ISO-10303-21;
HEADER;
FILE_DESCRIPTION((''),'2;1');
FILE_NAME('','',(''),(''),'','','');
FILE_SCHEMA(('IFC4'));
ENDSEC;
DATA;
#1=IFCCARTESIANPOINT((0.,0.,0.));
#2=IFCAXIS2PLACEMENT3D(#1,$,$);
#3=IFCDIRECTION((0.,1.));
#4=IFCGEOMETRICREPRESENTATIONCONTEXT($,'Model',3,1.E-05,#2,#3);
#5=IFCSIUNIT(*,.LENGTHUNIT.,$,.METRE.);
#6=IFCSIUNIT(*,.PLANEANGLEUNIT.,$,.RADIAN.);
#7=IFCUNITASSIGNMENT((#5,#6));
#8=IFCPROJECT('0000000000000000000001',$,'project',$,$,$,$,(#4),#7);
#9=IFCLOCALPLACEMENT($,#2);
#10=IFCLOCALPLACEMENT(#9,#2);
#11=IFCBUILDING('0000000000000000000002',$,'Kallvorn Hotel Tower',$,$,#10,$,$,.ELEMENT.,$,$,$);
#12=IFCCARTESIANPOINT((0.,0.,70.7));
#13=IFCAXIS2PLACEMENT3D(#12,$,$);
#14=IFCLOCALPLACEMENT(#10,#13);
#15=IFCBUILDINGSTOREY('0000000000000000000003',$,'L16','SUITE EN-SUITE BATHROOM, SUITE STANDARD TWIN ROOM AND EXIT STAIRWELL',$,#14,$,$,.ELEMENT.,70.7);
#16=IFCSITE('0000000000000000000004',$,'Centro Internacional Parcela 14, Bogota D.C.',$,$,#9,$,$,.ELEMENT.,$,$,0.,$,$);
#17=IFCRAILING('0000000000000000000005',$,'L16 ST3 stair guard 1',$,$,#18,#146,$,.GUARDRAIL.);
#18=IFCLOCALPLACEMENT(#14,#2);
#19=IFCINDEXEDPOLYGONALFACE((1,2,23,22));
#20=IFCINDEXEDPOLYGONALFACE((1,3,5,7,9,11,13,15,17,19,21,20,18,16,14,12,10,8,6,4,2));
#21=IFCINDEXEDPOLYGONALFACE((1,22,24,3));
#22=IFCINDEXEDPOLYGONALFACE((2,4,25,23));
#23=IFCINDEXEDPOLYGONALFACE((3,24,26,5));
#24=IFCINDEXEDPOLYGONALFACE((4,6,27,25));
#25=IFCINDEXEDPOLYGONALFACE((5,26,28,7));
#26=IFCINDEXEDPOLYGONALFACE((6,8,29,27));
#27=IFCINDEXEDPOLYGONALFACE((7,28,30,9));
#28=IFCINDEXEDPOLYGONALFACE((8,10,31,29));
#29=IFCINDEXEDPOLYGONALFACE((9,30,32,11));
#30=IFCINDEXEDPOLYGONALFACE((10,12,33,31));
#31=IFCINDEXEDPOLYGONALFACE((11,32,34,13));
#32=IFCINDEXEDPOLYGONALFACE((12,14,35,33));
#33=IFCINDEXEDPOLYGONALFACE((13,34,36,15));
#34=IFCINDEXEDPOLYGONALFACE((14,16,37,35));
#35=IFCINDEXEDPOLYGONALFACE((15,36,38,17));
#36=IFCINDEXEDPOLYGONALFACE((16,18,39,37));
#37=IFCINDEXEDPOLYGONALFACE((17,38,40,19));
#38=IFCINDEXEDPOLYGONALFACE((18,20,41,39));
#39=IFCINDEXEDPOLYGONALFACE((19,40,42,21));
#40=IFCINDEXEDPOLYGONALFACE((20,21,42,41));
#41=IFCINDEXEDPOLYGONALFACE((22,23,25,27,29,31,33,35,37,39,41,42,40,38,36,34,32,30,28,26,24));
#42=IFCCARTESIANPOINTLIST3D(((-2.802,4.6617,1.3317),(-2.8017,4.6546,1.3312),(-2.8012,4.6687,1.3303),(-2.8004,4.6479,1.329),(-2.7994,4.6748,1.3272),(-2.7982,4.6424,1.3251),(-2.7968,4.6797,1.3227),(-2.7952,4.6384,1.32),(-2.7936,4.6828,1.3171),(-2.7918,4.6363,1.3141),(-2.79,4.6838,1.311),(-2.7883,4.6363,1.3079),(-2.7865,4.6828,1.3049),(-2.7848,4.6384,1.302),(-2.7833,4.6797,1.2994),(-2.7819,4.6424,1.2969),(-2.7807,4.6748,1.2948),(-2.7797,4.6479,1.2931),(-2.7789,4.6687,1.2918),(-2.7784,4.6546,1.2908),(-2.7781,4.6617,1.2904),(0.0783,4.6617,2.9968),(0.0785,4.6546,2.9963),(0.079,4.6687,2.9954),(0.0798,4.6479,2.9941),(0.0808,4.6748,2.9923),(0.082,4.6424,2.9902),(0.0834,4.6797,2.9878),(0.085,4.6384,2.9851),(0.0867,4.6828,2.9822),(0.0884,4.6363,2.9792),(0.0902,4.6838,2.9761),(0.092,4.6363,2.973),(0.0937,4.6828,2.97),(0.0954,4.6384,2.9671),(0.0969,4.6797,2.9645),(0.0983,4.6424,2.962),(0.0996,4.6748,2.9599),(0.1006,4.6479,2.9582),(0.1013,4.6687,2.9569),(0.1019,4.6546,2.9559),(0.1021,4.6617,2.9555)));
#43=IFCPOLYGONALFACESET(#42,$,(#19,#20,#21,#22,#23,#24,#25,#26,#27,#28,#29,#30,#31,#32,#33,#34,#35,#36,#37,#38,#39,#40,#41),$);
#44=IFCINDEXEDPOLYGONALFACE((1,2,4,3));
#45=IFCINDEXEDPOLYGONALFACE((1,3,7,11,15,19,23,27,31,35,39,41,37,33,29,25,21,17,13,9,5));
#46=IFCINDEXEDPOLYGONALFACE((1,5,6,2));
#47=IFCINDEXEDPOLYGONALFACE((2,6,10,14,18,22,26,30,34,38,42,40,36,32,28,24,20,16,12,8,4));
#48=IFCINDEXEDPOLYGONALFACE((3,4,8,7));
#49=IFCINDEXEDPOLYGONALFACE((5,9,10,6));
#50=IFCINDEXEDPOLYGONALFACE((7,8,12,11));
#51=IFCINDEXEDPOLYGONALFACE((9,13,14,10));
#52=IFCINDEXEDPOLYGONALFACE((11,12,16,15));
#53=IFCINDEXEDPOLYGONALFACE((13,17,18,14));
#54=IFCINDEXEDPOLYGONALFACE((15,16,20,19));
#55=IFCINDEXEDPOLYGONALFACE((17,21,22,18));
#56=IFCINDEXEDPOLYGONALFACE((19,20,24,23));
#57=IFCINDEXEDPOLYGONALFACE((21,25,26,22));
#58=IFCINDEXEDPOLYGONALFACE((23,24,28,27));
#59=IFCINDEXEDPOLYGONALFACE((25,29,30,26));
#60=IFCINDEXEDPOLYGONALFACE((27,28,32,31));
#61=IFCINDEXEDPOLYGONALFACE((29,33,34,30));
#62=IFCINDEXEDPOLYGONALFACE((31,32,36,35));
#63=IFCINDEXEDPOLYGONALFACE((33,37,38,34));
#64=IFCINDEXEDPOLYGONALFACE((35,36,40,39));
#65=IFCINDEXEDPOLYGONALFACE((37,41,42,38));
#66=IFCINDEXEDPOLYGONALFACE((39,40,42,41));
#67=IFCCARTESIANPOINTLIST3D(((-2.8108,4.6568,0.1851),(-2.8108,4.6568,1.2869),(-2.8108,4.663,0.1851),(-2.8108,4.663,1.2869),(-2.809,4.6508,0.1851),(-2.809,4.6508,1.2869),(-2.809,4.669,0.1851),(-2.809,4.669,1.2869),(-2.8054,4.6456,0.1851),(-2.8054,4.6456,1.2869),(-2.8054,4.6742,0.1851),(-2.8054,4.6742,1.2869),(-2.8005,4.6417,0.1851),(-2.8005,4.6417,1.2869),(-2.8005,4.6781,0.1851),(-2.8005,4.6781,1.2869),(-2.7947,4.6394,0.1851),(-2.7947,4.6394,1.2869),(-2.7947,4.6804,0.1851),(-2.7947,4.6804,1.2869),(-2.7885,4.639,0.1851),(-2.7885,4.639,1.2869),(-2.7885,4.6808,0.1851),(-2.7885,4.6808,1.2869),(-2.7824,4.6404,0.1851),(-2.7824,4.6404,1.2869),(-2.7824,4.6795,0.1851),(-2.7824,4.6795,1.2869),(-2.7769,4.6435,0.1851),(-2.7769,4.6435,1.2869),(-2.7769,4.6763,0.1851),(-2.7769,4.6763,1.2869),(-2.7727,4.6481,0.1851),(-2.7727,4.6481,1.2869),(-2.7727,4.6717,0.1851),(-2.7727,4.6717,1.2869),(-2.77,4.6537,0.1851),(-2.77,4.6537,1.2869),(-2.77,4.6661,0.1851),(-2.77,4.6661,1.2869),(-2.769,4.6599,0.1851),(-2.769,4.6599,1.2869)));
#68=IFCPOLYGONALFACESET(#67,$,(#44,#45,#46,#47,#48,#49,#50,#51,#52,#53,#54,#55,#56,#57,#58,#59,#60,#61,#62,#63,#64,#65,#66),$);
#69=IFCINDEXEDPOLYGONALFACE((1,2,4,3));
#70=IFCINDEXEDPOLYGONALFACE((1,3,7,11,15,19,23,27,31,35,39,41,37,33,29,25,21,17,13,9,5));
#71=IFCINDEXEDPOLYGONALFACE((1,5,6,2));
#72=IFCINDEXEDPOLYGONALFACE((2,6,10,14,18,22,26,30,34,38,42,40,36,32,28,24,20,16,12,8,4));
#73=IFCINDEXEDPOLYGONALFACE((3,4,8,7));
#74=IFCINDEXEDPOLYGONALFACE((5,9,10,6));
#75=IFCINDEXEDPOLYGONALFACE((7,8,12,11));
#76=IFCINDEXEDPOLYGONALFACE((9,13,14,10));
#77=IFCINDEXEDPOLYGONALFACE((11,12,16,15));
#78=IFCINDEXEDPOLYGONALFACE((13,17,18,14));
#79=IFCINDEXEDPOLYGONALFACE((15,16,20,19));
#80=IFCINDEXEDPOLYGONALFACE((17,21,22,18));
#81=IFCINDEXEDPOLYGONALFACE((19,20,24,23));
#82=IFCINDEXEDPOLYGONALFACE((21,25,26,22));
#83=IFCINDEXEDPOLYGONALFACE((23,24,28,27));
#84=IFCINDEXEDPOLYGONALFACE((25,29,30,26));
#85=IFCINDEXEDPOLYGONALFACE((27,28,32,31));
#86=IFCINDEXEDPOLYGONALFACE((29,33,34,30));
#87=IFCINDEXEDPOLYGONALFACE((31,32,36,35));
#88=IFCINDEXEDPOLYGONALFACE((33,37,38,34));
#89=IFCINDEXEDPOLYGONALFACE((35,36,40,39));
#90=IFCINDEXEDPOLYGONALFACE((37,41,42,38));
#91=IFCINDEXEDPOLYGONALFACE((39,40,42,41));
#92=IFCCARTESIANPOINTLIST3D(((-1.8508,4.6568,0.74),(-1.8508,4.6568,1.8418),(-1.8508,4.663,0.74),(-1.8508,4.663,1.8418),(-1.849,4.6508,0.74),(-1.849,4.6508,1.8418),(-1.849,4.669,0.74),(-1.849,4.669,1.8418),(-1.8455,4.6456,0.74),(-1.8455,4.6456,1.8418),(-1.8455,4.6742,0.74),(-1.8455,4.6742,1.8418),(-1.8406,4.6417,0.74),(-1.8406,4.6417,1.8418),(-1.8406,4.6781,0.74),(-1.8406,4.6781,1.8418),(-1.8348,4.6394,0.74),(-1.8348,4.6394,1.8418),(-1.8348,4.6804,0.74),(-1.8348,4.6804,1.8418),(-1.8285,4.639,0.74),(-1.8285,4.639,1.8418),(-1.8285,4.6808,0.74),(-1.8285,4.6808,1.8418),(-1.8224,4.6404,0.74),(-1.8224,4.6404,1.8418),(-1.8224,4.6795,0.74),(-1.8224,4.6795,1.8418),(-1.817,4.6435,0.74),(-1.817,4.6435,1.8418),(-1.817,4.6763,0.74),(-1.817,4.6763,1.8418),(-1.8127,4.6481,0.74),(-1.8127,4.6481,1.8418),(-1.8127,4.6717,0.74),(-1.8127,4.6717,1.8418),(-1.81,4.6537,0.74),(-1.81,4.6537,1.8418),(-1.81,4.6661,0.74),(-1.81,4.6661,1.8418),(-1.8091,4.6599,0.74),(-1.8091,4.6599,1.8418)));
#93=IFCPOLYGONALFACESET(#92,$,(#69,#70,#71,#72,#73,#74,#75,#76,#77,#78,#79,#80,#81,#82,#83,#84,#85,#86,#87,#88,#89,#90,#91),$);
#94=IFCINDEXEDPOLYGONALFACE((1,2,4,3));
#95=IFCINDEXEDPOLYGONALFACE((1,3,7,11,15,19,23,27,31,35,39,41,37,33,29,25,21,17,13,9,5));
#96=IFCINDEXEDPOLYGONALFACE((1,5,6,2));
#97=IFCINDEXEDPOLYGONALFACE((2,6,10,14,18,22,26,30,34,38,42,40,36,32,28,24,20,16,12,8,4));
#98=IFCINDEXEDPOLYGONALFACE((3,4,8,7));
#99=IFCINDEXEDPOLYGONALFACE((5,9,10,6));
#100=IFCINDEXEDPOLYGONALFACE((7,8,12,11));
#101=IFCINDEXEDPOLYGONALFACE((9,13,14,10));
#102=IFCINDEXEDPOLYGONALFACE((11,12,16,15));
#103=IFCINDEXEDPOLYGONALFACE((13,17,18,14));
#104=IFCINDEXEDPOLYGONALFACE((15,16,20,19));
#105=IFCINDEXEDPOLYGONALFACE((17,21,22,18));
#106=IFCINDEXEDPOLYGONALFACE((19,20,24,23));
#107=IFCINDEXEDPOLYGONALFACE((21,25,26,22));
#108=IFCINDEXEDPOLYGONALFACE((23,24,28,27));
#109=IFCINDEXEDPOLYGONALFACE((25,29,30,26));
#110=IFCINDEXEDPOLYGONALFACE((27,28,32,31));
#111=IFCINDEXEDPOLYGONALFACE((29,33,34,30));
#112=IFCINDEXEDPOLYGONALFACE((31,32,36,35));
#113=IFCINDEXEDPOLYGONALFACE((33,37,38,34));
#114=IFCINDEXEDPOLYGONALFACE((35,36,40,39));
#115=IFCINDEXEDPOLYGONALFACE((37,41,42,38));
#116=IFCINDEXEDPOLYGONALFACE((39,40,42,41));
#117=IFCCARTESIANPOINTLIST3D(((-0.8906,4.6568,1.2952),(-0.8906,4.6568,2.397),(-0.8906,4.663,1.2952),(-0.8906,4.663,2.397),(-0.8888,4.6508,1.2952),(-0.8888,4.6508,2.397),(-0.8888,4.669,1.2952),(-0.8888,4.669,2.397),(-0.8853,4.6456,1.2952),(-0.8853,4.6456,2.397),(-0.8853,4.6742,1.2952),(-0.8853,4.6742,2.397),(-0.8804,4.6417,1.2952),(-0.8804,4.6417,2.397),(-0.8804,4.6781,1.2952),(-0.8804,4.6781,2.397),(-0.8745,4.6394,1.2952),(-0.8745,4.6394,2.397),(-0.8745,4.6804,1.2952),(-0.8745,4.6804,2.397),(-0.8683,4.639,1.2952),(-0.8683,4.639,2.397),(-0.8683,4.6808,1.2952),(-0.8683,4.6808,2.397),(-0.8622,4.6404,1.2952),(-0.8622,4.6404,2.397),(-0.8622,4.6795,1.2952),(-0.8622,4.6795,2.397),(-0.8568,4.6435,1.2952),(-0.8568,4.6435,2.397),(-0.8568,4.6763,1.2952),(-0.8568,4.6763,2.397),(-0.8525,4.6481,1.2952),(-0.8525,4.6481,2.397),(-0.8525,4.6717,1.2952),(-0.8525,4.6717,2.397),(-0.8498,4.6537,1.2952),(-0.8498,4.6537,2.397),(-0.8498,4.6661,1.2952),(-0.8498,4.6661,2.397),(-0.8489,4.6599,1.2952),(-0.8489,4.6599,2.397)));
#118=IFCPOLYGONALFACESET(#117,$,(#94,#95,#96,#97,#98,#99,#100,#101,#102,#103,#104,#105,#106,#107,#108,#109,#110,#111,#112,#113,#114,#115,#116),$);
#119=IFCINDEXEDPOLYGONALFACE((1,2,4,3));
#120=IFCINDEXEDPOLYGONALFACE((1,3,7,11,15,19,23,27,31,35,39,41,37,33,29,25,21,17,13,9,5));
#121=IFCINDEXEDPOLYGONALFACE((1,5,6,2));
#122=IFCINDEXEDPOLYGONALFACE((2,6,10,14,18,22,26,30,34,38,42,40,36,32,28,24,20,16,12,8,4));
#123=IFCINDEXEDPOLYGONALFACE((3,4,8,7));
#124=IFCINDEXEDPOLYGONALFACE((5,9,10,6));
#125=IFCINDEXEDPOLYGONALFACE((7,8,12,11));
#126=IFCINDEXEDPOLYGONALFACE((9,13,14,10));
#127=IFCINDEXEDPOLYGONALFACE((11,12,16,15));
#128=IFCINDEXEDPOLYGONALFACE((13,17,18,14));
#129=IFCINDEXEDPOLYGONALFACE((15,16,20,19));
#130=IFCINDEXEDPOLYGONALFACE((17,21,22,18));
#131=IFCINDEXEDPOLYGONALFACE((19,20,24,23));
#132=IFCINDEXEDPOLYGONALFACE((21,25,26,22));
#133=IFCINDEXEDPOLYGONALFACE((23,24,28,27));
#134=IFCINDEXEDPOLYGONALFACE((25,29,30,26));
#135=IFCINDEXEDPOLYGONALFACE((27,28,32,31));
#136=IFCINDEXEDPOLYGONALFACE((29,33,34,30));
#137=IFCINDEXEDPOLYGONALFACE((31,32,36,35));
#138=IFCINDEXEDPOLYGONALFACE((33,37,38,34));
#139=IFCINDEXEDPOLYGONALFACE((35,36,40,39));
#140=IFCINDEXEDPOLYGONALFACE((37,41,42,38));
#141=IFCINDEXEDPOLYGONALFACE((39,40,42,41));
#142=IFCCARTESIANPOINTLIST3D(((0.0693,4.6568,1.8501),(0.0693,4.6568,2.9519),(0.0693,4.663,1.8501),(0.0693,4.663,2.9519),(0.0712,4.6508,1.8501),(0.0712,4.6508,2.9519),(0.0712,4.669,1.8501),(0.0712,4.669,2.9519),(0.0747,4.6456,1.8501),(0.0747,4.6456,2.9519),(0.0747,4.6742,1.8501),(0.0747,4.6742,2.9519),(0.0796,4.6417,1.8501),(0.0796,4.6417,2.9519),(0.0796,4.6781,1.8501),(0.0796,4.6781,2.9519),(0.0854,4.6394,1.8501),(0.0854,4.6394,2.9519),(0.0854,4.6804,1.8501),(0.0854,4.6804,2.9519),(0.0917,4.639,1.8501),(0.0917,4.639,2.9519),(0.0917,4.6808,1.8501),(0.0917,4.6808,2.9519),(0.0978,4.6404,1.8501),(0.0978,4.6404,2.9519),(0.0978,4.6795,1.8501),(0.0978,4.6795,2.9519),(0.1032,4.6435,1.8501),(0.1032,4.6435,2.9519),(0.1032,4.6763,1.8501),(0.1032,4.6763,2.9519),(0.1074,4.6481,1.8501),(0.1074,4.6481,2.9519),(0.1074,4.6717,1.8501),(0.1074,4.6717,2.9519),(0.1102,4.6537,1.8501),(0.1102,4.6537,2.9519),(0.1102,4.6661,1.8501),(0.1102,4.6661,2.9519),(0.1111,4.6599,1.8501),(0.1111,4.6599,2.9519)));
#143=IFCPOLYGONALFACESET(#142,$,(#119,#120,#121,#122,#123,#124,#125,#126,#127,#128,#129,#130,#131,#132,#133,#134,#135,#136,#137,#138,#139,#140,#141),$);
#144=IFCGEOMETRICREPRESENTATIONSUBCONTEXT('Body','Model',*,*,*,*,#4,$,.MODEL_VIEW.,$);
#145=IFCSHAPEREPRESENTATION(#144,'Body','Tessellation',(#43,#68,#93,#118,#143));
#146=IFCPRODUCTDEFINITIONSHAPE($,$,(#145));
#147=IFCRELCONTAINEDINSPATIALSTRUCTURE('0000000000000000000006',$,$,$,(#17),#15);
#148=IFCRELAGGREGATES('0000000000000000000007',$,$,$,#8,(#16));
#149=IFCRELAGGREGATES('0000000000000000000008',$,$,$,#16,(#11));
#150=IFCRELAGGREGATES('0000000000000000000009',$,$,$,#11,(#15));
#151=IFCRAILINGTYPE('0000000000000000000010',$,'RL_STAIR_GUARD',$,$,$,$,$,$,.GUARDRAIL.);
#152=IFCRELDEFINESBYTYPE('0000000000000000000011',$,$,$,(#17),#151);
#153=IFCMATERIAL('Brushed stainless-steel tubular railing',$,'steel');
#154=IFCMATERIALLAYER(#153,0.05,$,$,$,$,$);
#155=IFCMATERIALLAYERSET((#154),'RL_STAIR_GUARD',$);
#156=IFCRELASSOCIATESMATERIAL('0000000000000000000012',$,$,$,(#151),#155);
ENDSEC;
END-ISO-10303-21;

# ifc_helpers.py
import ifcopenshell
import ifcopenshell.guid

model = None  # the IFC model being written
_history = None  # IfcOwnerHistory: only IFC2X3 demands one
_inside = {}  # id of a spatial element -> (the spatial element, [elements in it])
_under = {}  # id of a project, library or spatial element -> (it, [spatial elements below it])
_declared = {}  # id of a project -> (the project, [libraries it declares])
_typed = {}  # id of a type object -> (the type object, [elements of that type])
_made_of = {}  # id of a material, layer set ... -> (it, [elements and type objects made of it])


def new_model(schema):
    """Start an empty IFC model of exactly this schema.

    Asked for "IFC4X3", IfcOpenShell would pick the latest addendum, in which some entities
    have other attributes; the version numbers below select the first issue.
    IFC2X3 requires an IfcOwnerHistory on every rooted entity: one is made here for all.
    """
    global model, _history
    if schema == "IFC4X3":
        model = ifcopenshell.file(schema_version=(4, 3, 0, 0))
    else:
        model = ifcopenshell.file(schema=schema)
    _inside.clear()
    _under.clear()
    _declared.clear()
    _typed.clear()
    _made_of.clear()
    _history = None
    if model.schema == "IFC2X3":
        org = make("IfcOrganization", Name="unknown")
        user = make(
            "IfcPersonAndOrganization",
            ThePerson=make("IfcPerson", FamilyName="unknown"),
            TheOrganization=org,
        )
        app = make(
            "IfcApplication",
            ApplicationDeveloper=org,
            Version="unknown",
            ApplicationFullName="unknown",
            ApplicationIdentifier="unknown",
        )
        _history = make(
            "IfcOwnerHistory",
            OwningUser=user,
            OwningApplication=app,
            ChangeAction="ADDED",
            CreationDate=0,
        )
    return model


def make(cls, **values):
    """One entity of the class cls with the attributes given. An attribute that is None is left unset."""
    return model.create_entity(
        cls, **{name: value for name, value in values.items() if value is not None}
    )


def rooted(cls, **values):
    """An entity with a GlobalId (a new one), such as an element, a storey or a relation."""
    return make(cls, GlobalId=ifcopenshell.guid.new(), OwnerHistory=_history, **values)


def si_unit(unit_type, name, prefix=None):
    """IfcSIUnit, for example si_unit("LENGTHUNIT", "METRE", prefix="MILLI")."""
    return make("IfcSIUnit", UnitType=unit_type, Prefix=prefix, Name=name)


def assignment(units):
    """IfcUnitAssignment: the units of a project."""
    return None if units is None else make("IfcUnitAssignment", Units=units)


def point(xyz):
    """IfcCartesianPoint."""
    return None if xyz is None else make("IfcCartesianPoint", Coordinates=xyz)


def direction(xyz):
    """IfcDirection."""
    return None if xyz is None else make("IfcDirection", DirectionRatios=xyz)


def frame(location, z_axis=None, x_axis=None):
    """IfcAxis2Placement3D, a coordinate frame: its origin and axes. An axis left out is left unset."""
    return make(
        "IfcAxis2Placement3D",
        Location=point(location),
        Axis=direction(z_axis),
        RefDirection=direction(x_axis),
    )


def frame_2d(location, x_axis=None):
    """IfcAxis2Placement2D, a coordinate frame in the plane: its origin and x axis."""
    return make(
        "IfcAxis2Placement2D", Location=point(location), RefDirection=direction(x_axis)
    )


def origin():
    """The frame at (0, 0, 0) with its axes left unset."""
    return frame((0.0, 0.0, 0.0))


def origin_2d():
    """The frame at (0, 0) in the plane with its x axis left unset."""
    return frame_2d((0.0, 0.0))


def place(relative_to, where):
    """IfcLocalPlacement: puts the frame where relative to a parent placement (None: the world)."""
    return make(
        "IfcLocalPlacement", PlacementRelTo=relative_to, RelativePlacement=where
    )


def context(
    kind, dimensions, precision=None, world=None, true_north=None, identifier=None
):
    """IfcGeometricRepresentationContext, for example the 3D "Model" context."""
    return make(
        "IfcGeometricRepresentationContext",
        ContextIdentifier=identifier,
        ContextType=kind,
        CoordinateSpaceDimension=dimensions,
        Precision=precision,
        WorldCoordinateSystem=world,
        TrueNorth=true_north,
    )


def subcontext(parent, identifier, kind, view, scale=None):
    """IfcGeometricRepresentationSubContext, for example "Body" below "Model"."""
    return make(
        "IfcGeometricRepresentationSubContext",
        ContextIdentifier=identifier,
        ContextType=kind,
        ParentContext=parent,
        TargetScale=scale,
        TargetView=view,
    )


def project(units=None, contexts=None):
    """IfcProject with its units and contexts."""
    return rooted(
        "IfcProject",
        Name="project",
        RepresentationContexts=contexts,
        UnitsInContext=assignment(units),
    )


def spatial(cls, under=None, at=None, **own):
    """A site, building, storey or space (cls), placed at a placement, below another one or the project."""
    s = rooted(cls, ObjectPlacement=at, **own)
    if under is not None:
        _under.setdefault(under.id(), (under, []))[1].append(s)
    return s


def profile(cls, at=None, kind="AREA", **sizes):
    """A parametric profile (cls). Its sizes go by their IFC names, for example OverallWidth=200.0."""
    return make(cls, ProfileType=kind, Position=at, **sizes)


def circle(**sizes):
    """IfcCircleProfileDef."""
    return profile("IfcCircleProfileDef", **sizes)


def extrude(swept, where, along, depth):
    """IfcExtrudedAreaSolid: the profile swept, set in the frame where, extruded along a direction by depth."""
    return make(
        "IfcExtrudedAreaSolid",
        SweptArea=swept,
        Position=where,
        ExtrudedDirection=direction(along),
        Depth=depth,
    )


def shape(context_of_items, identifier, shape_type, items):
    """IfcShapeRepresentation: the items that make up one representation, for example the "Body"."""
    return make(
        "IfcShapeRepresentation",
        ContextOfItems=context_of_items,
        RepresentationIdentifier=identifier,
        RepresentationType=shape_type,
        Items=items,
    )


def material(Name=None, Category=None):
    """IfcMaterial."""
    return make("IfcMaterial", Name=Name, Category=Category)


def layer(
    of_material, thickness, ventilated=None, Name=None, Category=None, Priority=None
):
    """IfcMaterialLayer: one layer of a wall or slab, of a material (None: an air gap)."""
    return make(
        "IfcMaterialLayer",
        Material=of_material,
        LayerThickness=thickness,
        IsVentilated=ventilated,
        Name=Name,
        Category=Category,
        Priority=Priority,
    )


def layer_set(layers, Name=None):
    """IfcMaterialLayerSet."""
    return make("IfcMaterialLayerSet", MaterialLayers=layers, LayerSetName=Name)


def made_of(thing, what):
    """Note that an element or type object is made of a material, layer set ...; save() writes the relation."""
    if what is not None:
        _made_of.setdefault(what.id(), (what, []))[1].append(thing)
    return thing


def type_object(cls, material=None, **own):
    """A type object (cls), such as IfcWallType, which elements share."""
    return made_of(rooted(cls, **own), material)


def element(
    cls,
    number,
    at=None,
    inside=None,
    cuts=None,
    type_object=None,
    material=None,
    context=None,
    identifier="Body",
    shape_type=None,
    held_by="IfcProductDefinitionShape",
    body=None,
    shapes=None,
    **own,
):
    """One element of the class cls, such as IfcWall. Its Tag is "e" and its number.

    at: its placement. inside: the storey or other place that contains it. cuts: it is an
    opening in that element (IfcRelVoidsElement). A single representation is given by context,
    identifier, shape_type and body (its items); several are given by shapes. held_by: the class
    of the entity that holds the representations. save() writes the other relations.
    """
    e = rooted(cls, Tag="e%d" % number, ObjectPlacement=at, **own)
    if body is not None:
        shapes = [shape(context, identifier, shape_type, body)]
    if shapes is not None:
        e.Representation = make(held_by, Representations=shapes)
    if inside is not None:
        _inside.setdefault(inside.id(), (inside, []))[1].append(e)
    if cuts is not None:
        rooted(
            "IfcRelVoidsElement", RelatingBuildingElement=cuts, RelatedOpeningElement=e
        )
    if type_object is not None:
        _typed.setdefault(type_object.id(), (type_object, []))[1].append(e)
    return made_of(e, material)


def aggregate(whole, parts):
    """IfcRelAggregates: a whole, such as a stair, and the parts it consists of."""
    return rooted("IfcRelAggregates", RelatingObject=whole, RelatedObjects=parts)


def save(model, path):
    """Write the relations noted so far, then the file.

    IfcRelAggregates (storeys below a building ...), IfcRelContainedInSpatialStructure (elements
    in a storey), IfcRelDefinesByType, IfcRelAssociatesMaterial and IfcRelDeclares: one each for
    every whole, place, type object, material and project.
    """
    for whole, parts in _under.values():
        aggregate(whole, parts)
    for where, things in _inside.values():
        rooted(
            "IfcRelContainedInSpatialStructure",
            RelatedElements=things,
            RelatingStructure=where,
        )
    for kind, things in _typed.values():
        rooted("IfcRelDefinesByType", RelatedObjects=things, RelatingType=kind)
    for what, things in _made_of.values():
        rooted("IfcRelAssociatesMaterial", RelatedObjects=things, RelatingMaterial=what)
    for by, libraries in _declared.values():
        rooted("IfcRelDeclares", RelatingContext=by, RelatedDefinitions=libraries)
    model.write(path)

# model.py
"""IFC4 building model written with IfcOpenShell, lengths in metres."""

from ifc_helpers import new_model, si_unit, direction, frame, origin, origin_2d, place, context, subcontext, project, spatial, circle, extrude, material, layer, layer_set, type_object, element, save


model = new_model("IFC4")

# Units and contexts
model_context = context("Model", 3, precision=1e-05, world=origin(), true_north=direction((0.0, 1.0)))
body_context = subcontext(model_context, "Body", "Model", "MODEL_VIEW")
ifc_project = project(units=[si_unit("LENGTHUNIT", "METRE"), si_unit("PLANEANGLEUNIT", "RADIAN")], contexts=[model_context])

# Site, building, storey
site_placement = place(None, origin())
site = spatial("IfcSite", under=ifc_project, at=site_placement, Name="Centro Internacional Parcela 14, Bogota D.C.", CompositionType="ELEMENT", RefElevation=0.0)
building_placement = place(site_placement, origin())
building = spatial("IfcBuilding", under=site, at=building_placement, Name="Kallvorn Hotel Tower", CompositionType="ELEMENT")
storey_placement = place(building_placement, frame((0.0, 0.0, 70.7)))
storey = spatial("IfcBuildingStorey", under=building, at=storey_placement, Name="L16", Description="SUITE EN-SUITE BATHROOM, SUITE STANDARD TWIN ROOM AND EXIT STAIRWELL", CompositionType="ELEMENT", Elevation=70.7)

# Railing
ifc_material_1 = material(Name="Brushed stainless-steel tubular railing", Category="steel")
ifc_layer_1 = layer(ifc_material_1, 0.05)
ifc_layer_set_1 = layer_set([ifc_layer_1], Name="RL_STAIR_GUARD")
railing_type_1 = type_object("IfcRailingType", Name="RL_STAIR_GUARD", PredefinedType="GUARDRAIL", material=ifc_layer_set_1)
railing_1_placement = place(storey_placement, frame((-2.79, 4.6599, 0.1851)))
element("IfcRailing", 1, at=railing_1_placement, inside=storey, type_object=railing_type_1, Name="L16 ST3 stair guard 1", PredefinedType="GUARDRAIL", context=body_context, shape_type="SweptSolid", body=[
    extrude(circle(Radius=0.0239, at=origin_2d()), frame((0.0, 0.0, 1.126), z_axis=(0.865739, 0.0, 0.500495), x_axis=(0.0, 1.0, 0.0)), (0.0, 0.0, 1.0), 3.3269),
    extrude(circle(Radius=0.021, at=origin_2d()), origin(), (0.0, 0.0, 1.0), 1.1018),
    extrude(circle(Radius=0.021, at=origin_2d()), frame((0.96, 0.0, 0.5549)), (0.0, 0.0, 1.0), 1.1018),
    extrude(circle(Radius=0.021, at=origin_2d()), frame((1.9202, 0.0, 1.1101)), (0.0, 0.0, 1.0), 1.1018),
    extrude(circle(Radius=0.021, at=origin_2d()), frame((2.8801, 0.0, 1.665)), (0.0, 0.0, 1.0), 1.1018),
])

save(model, "model.ifc")
